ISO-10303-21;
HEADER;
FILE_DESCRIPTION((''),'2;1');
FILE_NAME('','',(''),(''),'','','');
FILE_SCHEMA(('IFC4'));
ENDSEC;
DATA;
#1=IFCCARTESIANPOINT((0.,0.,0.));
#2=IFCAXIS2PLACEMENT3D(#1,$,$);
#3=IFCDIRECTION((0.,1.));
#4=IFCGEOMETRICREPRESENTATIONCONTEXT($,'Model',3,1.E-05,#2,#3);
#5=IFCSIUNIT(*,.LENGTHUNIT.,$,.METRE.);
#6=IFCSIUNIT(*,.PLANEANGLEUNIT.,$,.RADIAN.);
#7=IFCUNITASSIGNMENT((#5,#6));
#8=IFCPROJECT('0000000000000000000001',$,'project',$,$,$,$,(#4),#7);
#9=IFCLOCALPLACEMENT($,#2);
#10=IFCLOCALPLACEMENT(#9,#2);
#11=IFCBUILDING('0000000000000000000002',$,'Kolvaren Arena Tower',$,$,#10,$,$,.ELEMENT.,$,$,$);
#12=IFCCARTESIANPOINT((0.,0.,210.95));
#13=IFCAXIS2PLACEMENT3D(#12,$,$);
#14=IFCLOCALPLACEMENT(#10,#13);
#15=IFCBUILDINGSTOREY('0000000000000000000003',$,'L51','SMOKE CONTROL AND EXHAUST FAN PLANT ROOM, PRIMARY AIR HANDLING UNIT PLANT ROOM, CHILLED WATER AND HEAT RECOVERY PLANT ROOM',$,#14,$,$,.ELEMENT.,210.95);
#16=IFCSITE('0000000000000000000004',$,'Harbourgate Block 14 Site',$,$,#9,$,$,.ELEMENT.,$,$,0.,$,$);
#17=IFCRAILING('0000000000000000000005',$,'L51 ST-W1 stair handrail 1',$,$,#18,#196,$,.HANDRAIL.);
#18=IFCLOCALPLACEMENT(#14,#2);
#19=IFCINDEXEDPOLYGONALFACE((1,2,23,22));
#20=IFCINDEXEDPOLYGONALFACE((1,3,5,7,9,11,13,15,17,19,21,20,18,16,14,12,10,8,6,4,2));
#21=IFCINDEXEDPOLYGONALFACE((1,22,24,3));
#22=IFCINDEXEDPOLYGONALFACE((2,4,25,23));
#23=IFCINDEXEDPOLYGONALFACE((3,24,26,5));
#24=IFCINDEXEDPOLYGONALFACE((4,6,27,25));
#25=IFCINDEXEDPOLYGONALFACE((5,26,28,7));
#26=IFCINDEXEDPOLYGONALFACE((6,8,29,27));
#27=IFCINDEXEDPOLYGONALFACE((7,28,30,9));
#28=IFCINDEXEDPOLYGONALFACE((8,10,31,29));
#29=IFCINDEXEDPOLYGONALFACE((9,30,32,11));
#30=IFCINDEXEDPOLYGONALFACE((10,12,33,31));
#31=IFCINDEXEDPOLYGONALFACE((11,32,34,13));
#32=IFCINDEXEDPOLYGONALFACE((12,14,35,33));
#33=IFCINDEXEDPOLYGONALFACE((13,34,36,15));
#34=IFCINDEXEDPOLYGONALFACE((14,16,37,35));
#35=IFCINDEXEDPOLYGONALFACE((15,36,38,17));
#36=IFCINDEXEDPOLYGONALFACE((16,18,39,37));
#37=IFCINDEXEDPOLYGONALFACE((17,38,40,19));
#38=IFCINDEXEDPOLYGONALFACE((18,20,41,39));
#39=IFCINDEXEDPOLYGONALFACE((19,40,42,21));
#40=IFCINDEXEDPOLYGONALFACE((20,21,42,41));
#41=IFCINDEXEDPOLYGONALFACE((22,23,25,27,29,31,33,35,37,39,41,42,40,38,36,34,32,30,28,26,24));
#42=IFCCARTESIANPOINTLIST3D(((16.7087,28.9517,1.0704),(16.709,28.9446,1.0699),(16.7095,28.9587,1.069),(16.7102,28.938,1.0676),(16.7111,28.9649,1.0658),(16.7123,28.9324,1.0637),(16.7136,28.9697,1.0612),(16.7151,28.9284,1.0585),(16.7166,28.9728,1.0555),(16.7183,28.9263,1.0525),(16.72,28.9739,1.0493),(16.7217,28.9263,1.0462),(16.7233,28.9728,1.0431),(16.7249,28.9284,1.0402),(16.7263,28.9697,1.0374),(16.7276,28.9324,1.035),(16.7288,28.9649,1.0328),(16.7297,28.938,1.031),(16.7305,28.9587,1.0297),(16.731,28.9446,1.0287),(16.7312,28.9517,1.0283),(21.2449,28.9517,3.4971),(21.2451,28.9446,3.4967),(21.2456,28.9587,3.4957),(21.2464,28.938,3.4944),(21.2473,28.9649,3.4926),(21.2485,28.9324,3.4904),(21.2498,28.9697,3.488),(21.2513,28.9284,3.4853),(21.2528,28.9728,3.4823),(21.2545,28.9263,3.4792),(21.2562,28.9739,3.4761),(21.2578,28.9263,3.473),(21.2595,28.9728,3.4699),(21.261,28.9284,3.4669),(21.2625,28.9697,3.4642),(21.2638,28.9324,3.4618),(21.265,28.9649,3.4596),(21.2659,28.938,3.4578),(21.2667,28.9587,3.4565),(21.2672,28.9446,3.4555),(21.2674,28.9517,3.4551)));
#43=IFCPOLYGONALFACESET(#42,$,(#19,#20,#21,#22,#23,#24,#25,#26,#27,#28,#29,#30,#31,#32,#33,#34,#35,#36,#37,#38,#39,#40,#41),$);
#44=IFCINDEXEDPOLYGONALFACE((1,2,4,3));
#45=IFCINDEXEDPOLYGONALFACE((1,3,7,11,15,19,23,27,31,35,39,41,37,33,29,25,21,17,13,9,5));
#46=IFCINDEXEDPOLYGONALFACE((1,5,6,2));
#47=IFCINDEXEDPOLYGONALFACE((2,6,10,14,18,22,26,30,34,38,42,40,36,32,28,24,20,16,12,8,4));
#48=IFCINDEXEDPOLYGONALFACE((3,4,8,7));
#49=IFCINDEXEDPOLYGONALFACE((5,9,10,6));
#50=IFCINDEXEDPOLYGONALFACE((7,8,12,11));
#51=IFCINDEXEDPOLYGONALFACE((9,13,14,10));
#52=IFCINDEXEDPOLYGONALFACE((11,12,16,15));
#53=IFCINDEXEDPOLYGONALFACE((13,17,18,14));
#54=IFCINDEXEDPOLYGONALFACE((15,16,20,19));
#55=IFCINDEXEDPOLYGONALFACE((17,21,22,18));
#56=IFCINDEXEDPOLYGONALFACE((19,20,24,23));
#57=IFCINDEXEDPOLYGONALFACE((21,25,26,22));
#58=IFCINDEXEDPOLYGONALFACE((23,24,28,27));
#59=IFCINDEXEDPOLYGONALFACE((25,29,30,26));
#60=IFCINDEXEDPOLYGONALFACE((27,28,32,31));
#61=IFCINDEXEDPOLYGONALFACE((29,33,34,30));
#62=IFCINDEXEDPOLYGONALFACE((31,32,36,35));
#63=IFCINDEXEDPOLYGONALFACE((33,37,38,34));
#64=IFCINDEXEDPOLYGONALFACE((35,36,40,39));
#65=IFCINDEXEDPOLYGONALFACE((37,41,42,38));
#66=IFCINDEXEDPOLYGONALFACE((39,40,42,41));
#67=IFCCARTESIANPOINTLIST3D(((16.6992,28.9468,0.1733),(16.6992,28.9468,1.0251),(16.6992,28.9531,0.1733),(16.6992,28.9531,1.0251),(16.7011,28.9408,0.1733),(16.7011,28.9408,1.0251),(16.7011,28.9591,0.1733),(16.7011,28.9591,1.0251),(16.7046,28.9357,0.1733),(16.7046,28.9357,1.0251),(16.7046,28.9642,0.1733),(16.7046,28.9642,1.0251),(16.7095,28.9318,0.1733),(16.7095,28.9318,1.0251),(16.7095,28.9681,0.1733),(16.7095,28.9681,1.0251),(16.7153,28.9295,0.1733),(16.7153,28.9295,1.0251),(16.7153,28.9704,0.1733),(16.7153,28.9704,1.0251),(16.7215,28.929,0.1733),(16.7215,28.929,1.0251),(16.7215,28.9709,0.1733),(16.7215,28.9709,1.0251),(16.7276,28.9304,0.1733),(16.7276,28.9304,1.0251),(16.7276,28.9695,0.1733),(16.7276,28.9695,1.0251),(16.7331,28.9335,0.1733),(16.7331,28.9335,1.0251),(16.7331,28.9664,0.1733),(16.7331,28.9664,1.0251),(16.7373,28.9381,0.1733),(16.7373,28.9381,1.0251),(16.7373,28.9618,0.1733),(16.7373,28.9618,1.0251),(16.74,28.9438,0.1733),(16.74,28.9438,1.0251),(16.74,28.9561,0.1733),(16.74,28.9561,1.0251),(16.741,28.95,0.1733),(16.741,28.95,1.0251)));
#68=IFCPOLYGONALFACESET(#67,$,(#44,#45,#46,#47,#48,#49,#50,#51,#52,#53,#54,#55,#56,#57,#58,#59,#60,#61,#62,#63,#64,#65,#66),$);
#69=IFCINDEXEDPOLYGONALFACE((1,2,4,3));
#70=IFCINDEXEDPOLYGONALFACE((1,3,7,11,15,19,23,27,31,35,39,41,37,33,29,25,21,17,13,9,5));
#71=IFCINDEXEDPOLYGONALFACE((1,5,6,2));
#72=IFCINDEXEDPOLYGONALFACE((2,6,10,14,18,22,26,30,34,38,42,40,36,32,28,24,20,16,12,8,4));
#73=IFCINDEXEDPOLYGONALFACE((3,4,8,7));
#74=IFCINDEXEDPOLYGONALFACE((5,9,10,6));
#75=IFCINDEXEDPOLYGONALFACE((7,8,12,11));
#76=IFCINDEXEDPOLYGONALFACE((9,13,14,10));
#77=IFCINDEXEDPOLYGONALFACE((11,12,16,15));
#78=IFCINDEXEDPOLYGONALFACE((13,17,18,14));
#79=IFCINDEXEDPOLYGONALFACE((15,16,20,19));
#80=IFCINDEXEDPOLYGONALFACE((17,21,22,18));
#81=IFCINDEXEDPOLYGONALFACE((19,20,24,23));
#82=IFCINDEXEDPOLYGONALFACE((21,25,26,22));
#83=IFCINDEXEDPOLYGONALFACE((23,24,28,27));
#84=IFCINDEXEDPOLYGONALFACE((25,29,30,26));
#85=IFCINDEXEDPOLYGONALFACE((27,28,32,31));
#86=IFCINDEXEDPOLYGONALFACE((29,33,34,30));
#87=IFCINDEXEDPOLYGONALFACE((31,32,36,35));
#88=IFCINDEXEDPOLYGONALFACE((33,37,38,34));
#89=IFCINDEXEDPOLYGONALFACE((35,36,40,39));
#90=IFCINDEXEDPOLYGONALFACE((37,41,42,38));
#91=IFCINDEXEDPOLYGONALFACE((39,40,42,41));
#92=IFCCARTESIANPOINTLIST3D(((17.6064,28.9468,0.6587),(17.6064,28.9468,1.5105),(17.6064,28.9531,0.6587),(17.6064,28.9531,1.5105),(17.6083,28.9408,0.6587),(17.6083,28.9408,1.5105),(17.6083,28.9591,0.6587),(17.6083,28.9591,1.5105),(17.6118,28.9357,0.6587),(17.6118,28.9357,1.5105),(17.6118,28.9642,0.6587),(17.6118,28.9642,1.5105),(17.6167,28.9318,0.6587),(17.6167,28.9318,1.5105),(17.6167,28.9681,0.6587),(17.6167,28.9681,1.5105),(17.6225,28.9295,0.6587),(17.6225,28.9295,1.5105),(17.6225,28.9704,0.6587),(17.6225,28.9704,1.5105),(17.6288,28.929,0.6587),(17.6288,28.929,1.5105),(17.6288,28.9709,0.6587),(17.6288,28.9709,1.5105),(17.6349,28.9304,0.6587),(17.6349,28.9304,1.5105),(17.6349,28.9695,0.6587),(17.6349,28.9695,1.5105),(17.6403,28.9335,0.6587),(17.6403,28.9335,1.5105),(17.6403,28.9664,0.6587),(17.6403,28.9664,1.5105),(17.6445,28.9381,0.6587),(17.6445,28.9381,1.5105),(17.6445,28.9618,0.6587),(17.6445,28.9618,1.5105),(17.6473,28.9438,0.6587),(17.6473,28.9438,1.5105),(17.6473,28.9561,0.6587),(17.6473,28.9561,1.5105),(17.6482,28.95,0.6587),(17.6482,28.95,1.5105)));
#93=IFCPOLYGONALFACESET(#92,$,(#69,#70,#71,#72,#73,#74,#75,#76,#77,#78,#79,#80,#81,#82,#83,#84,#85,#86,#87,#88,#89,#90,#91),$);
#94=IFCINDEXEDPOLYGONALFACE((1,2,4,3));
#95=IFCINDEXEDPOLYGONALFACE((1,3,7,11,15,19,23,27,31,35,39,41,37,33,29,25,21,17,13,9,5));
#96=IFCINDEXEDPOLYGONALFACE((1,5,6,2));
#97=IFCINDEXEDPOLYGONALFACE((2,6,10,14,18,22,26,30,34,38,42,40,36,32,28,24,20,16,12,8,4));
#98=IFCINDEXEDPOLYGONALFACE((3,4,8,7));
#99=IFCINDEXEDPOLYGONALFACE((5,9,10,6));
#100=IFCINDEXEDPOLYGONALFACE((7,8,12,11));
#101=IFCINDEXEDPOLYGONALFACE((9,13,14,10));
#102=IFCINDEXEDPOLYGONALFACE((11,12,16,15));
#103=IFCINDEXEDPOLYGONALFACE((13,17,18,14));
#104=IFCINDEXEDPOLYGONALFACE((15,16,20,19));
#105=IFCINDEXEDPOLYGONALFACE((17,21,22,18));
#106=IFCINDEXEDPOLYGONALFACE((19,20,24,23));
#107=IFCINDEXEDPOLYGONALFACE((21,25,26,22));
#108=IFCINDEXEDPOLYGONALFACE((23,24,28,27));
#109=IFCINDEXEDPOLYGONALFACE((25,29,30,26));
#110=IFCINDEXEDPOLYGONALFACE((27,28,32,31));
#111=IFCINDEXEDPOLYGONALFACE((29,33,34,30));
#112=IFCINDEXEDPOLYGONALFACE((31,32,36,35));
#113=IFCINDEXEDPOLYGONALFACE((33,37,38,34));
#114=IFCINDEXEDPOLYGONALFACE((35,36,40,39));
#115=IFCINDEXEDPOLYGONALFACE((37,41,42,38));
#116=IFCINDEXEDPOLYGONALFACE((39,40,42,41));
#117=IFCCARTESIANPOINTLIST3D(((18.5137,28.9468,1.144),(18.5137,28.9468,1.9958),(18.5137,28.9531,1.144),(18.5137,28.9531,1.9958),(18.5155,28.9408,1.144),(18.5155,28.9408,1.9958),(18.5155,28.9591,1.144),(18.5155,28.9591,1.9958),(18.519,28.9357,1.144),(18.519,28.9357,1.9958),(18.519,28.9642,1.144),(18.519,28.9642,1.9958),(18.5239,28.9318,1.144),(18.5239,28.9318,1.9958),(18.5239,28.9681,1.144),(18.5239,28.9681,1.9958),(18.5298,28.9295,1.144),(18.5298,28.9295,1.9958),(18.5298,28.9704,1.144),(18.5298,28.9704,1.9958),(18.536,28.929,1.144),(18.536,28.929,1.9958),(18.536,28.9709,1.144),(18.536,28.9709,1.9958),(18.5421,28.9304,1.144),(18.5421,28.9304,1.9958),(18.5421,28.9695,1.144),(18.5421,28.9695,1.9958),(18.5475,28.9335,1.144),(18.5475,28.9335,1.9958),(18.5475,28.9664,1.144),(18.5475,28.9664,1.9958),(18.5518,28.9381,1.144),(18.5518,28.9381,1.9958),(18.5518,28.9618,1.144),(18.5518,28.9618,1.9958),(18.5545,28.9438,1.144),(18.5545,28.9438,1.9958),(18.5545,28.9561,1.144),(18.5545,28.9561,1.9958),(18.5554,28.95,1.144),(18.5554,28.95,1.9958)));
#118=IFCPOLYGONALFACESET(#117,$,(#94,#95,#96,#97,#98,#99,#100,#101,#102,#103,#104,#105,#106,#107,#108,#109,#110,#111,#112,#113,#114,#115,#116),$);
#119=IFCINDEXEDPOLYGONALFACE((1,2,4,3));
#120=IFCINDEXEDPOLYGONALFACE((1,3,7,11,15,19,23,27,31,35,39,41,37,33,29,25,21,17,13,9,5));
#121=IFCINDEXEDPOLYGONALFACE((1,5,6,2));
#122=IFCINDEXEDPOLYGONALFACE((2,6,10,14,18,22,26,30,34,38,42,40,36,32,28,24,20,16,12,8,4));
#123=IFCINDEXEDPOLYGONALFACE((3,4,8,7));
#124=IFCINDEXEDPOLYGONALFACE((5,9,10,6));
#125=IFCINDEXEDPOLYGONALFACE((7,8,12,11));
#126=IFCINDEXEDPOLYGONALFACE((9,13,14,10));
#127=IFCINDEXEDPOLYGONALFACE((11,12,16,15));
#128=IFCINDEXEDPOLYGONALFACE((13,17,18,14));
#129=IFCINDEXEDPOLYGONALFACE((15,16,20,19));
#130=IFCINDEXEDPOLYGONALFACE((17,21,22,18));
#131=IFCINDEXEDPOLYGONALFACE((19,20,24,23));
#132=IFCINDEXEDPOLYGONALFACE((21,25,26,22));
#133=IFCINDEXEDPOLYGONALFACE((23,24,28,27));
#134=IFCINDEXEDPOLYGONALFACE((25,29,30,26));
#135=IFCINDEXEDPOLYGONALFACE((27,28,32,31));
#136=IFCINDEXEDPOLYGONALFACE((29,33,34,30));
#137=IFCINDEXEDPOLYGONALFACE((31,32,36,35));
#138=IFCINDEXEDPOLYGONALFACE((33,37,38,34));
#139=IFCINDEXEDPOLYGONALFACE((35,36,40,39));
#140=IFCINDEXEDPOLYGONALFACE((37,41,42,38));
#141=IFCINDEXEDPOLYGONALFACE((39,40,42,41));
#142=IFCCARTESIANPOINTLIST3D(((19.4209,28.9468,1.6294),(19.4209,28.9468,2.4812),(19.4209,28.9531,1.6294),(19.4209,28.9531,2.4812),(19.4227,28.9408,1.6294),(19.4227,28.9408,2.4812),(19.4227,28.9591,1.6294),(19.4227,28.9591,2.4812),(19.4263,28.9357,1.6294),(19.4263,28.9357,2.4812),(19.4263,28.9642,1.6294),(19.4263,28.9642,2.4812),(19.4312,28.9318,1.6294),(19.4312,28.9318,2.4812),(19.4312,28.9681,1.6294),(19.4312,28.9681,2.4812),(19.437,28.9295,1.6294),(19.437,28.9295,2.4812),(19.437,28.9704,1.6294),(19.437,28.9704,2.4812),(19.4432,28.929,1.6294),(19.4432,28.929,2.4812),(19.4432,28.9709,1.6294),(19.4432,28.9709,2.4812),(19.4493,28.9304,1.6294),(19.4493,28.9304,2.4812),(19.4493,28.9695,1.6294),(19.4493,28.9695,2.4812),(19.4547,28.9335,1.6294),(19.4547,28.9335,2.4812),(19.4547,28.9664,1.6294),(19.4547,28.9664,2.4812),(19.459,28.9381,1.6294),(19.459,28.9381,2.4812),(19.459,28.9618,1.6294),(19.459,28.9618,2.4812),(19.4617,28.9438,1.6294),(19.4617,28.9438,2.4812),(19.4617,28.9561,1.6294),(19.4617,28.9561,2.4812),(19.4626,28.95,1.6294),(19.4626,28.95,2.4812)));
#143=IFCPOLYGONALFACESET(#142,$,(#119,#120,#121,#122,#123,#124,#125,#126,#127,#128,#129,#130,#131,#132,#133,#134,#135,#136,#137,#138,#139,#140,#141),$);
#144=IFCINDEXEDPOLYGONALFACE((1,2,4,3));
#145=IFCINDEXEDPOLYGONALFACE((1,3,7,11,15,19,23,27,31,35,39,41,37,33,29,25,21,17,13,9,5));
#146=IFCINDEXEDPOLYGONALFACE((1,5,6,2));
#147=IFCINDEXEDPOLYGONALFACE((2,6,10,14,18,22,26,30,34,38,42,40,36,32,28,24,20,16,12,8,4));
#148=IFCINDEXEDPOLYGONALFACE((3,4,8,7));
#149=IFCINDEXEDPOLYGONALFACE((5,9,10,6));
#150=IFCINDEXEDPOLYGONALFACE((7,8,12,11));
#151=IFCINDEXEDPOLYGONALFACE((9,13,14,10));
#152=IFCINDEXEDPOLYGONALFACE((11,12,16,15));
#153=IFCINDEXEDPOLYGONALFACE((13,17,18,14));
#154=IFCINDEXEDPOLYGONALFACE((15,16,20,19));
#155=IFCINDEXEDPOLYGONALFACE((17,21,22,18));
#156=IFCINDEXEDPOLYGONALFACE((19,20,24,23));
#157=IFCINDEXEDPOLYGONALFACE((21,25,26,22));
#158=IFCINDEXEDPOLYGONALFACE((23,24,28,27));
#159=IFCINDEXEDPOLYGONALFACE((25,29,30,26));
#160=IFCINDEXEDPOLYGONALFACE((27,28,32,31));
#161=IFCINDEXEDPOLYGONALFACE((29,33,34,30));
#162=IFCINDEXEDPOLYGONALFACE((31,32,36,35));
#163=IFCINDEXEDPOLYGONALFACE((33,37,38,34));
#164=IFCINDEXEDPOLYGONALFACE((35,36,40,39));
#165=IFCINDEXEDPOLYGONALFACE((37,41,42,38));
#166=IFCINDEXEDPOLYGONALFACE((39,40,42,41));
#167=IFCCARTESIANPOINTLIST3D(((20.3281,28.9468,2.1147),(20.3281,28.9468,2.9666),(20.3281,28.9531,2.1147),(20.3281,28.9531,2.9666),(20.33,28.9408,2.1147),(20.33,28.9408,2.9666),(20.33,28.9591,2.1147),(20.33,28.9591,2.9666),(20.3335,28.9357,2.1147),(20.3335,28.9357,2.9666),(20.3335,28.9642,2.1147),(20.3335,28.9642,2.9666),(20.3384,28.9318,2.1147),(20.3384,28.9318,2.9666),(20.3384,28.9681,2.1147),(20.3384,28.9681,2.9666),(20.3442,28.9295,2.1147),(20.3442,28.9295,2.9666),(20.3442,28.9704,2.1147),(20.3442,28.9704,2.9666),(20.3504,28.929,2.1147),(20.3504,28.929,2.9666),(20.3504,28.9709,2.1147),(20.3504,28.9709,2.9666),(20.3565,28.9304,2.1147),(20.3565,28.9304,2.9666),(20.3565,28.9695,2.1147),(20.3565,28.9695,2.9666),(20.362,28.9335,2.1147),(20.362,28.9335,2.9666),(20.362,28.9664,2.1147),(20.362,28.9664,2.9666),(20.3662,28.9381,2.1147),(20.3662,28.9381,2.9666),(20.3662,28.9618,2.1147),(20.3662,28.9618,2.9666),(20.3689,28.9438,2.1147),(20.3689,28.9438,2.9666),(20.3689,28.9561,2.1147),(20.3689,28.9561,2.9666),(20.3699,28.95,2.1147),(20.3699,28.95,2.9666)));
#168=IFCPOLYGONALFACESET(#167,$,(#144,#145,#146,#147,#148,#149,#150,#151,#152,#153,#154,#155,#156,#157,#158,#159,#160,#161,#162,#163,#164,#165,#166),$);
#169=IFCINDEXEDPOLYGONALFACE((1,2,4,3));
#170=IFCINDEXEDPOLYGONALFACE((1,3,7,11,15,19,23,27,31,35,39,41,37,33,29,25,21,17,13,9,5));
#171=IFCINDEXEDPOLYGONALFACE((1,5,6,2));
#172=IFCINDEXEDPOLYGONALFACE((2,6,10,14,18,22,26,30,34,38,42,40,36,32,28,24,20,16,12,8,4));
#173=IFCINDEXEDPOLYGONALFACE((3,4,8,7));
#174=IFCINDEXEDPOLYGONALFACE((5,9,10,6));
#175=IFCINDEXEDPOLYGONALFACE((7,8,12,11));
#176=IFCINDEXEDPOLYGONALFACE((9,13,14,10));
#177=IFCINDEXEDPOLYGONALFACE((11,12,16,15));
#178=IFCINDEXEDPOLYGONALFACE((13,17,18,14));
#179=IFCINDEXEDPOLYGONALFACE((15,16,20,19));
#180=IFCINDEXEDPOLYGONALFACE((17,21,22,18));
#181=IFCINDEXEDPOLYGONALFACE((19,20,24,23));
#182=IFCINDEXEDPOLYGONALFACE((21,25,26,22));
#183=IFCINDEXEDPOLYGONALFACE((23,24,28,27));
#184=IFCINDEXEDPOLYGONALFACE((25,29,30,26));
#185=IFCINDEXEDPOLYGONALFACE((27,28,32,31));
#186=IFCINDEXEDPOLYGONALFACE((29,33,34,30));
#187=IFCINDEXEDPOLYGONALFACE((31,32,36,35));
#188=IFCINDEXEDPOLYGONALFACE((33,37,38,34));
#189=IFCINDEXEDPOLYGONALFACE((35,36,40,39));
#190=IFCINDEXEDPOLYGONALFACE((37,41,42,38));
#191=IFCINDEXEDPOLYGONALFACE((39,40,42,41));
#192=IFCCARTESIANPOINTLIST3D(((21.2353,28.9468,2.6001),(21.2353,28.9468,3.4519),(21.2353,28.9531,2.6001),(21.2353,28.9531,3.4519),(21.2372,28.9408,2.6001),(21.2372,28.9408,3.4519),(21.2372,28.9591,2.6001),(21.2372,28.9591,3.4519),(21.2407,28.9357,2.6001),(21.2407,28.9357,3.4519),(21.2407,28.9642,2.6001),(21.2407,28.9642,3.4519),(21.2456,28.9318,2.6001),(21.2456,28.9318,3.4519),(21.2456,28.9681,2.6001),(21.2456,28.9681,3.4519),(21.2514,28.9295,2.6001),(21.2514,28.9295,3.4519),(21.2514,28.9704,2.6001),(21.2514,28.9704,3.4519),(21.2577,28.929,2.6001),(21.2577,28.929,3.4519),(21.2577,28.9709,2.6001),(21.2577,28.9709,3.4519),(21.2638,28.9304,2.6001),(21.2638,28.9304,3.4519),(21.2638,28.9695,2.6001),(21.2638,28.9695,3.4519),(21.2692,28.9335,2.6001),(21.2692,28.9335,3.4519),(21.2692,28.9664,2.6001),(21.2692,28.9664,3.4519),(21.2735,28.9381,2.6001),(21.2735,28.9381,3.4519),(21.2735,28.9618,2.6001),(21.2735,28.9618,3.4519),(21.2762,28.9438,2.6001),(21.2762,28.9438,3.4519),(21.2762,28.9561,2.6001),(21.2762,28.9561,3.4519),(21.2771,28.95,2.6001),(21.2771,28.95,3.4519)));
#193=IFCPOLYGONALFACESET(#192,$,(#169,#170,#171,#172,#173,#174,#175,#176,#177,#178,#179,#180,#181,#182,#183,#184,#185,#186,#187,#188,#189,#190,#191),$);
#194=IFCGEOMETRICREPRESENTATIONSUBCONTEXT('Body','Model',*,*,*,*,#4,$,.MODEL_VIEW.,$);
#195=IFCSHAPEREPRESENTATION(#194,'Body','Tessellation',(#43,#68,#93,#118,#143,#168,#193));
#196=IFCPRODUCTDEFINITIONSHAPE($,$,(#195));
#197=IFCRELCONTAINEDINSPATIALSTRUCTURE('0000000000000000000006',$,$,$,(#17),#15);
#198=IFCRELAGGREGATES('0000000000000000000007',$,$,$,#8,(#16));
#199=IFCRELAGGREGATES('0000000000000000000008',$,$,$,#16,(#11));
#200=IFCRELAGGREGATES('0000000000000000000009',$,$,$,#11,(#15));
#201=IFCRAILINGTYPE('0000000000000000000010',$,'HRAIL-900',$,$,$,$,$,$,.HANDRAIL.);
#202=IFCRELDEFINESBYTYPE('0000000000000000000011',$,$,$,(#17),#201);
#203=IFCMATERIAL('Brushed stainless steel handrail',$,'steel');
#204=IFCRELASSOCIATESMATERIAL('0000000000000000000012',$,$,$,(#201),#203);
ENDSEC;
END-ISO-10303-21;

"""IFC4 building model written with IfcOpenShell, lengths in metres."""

from ifc_helpers import new_model, si_unit, direction, frame, origin, origin_2d, place, context, subcontext, project, spatial, circle, extrude, material, type_object, element, save


model = new_model("IFC4")

# Units and contexts
model_context = context("Model", 3, precision=1e-05, world=origin(), true_north=direction((0.0, 1.0)))
body_context = subcontext(model_context, "Body", "Model", "MODEL_VIEW")
ifc_project = project(units=[si_unit("LENGTHUNIT", "METRE"), si_unit("PLANEANGLEUNIT", "RADIAN")], contexts=[model_context])

# Site, building, storey
site_placement = place(None, origin())
site = spatial("IfcSite", under=ifc_project, at=site_placement, Name="Harbourgate Block 14 Site", CompositionType="ELEMENT", RefElevation=0.0)
building_placement = place(site_placement, origin())
building = spatial("IfcBuilding", under=site, at=building_placement, Name="Kolvaren Arena Tower", CompositionType="ELEMENT")
storey_placement = place(building_placement, frame((0.0, 0.0, 210.95)))
storey = spatial("IfcBuildingStorey", under=building, at=storey_placement, Name="L51", Description="SMOKE CONTROL AND EXHAUST FAN PLANT ROOM, PRIMARY AIR HANDLING UNIT PLANT ROOM, CHILLED WATER AND HEAT RECOVERY PLANT ROOM", CompositionType="ELEMENT", Elevation=210.95)

# Railing
ifc_material_1 = material(Name="Brushed stainless steel handrail", Category="steel")
railing_type_1 = type_object("IfcRailingType", Name="HRAIL-900", PredefinedType="HANDRAIL", material=ifc_material_1)
railing_1_placement = place(storey_placement, frame((16.72, 28.95, 0.1733)))
element("IfcRailing", 1, at=railing_1_placement, inside=storey, type_object=railing_type_1, Name="L51 ST-W1 stair handrail 1", PredefinedType="HANDRAIL", context=body_context, shape_type="SweptSolid", body=[
    extrude(circle(Radius=0.0239, at=origin_2d()), frame((0.0, 0.0, 0.876), z_axis=(0.881748, 0.0, 0.471721), x_axis=(0.0, 1.0, 0.0)), (0.0, 0.0, 1.0), 5.1445),
    extrude(circle(Radius=0.021, at=origin_2d()), origin(), (0.0, 0.0, 1.0), 0.8518),
    extrude(circle(Radius=0.021, at=origin_2d()), frame((0.9072, 0.0, 0.4854)), (0.0, 0.0, 1.0), 0.8518),
    extrude(circle(Radius=0.021, at=origin_2d()), frame((1.8145, 0.0, 0.9707)), (0.0, 0.0, 1.0), 0.8518),
    extrude(circle(Radius=0.021, at=origin_2d()), frame((2.7217, 0.0, 1.4561)), (0.0, 0.0, 1.0), 0.8518),
    extrude(circle(Radius=0.021, at=origin_2d()), frame((3.6289, 0.0, 1.9414)), (0.0, 0.0, 1.0), 0.8518),
    extrude(circle(Radius=0.021, at=origin_2d()), frame((4.5361, 0.0, 2.4268)), (0.0, 0.0, 1.0), 0.8518),
])

save(model, "model.ifc")
